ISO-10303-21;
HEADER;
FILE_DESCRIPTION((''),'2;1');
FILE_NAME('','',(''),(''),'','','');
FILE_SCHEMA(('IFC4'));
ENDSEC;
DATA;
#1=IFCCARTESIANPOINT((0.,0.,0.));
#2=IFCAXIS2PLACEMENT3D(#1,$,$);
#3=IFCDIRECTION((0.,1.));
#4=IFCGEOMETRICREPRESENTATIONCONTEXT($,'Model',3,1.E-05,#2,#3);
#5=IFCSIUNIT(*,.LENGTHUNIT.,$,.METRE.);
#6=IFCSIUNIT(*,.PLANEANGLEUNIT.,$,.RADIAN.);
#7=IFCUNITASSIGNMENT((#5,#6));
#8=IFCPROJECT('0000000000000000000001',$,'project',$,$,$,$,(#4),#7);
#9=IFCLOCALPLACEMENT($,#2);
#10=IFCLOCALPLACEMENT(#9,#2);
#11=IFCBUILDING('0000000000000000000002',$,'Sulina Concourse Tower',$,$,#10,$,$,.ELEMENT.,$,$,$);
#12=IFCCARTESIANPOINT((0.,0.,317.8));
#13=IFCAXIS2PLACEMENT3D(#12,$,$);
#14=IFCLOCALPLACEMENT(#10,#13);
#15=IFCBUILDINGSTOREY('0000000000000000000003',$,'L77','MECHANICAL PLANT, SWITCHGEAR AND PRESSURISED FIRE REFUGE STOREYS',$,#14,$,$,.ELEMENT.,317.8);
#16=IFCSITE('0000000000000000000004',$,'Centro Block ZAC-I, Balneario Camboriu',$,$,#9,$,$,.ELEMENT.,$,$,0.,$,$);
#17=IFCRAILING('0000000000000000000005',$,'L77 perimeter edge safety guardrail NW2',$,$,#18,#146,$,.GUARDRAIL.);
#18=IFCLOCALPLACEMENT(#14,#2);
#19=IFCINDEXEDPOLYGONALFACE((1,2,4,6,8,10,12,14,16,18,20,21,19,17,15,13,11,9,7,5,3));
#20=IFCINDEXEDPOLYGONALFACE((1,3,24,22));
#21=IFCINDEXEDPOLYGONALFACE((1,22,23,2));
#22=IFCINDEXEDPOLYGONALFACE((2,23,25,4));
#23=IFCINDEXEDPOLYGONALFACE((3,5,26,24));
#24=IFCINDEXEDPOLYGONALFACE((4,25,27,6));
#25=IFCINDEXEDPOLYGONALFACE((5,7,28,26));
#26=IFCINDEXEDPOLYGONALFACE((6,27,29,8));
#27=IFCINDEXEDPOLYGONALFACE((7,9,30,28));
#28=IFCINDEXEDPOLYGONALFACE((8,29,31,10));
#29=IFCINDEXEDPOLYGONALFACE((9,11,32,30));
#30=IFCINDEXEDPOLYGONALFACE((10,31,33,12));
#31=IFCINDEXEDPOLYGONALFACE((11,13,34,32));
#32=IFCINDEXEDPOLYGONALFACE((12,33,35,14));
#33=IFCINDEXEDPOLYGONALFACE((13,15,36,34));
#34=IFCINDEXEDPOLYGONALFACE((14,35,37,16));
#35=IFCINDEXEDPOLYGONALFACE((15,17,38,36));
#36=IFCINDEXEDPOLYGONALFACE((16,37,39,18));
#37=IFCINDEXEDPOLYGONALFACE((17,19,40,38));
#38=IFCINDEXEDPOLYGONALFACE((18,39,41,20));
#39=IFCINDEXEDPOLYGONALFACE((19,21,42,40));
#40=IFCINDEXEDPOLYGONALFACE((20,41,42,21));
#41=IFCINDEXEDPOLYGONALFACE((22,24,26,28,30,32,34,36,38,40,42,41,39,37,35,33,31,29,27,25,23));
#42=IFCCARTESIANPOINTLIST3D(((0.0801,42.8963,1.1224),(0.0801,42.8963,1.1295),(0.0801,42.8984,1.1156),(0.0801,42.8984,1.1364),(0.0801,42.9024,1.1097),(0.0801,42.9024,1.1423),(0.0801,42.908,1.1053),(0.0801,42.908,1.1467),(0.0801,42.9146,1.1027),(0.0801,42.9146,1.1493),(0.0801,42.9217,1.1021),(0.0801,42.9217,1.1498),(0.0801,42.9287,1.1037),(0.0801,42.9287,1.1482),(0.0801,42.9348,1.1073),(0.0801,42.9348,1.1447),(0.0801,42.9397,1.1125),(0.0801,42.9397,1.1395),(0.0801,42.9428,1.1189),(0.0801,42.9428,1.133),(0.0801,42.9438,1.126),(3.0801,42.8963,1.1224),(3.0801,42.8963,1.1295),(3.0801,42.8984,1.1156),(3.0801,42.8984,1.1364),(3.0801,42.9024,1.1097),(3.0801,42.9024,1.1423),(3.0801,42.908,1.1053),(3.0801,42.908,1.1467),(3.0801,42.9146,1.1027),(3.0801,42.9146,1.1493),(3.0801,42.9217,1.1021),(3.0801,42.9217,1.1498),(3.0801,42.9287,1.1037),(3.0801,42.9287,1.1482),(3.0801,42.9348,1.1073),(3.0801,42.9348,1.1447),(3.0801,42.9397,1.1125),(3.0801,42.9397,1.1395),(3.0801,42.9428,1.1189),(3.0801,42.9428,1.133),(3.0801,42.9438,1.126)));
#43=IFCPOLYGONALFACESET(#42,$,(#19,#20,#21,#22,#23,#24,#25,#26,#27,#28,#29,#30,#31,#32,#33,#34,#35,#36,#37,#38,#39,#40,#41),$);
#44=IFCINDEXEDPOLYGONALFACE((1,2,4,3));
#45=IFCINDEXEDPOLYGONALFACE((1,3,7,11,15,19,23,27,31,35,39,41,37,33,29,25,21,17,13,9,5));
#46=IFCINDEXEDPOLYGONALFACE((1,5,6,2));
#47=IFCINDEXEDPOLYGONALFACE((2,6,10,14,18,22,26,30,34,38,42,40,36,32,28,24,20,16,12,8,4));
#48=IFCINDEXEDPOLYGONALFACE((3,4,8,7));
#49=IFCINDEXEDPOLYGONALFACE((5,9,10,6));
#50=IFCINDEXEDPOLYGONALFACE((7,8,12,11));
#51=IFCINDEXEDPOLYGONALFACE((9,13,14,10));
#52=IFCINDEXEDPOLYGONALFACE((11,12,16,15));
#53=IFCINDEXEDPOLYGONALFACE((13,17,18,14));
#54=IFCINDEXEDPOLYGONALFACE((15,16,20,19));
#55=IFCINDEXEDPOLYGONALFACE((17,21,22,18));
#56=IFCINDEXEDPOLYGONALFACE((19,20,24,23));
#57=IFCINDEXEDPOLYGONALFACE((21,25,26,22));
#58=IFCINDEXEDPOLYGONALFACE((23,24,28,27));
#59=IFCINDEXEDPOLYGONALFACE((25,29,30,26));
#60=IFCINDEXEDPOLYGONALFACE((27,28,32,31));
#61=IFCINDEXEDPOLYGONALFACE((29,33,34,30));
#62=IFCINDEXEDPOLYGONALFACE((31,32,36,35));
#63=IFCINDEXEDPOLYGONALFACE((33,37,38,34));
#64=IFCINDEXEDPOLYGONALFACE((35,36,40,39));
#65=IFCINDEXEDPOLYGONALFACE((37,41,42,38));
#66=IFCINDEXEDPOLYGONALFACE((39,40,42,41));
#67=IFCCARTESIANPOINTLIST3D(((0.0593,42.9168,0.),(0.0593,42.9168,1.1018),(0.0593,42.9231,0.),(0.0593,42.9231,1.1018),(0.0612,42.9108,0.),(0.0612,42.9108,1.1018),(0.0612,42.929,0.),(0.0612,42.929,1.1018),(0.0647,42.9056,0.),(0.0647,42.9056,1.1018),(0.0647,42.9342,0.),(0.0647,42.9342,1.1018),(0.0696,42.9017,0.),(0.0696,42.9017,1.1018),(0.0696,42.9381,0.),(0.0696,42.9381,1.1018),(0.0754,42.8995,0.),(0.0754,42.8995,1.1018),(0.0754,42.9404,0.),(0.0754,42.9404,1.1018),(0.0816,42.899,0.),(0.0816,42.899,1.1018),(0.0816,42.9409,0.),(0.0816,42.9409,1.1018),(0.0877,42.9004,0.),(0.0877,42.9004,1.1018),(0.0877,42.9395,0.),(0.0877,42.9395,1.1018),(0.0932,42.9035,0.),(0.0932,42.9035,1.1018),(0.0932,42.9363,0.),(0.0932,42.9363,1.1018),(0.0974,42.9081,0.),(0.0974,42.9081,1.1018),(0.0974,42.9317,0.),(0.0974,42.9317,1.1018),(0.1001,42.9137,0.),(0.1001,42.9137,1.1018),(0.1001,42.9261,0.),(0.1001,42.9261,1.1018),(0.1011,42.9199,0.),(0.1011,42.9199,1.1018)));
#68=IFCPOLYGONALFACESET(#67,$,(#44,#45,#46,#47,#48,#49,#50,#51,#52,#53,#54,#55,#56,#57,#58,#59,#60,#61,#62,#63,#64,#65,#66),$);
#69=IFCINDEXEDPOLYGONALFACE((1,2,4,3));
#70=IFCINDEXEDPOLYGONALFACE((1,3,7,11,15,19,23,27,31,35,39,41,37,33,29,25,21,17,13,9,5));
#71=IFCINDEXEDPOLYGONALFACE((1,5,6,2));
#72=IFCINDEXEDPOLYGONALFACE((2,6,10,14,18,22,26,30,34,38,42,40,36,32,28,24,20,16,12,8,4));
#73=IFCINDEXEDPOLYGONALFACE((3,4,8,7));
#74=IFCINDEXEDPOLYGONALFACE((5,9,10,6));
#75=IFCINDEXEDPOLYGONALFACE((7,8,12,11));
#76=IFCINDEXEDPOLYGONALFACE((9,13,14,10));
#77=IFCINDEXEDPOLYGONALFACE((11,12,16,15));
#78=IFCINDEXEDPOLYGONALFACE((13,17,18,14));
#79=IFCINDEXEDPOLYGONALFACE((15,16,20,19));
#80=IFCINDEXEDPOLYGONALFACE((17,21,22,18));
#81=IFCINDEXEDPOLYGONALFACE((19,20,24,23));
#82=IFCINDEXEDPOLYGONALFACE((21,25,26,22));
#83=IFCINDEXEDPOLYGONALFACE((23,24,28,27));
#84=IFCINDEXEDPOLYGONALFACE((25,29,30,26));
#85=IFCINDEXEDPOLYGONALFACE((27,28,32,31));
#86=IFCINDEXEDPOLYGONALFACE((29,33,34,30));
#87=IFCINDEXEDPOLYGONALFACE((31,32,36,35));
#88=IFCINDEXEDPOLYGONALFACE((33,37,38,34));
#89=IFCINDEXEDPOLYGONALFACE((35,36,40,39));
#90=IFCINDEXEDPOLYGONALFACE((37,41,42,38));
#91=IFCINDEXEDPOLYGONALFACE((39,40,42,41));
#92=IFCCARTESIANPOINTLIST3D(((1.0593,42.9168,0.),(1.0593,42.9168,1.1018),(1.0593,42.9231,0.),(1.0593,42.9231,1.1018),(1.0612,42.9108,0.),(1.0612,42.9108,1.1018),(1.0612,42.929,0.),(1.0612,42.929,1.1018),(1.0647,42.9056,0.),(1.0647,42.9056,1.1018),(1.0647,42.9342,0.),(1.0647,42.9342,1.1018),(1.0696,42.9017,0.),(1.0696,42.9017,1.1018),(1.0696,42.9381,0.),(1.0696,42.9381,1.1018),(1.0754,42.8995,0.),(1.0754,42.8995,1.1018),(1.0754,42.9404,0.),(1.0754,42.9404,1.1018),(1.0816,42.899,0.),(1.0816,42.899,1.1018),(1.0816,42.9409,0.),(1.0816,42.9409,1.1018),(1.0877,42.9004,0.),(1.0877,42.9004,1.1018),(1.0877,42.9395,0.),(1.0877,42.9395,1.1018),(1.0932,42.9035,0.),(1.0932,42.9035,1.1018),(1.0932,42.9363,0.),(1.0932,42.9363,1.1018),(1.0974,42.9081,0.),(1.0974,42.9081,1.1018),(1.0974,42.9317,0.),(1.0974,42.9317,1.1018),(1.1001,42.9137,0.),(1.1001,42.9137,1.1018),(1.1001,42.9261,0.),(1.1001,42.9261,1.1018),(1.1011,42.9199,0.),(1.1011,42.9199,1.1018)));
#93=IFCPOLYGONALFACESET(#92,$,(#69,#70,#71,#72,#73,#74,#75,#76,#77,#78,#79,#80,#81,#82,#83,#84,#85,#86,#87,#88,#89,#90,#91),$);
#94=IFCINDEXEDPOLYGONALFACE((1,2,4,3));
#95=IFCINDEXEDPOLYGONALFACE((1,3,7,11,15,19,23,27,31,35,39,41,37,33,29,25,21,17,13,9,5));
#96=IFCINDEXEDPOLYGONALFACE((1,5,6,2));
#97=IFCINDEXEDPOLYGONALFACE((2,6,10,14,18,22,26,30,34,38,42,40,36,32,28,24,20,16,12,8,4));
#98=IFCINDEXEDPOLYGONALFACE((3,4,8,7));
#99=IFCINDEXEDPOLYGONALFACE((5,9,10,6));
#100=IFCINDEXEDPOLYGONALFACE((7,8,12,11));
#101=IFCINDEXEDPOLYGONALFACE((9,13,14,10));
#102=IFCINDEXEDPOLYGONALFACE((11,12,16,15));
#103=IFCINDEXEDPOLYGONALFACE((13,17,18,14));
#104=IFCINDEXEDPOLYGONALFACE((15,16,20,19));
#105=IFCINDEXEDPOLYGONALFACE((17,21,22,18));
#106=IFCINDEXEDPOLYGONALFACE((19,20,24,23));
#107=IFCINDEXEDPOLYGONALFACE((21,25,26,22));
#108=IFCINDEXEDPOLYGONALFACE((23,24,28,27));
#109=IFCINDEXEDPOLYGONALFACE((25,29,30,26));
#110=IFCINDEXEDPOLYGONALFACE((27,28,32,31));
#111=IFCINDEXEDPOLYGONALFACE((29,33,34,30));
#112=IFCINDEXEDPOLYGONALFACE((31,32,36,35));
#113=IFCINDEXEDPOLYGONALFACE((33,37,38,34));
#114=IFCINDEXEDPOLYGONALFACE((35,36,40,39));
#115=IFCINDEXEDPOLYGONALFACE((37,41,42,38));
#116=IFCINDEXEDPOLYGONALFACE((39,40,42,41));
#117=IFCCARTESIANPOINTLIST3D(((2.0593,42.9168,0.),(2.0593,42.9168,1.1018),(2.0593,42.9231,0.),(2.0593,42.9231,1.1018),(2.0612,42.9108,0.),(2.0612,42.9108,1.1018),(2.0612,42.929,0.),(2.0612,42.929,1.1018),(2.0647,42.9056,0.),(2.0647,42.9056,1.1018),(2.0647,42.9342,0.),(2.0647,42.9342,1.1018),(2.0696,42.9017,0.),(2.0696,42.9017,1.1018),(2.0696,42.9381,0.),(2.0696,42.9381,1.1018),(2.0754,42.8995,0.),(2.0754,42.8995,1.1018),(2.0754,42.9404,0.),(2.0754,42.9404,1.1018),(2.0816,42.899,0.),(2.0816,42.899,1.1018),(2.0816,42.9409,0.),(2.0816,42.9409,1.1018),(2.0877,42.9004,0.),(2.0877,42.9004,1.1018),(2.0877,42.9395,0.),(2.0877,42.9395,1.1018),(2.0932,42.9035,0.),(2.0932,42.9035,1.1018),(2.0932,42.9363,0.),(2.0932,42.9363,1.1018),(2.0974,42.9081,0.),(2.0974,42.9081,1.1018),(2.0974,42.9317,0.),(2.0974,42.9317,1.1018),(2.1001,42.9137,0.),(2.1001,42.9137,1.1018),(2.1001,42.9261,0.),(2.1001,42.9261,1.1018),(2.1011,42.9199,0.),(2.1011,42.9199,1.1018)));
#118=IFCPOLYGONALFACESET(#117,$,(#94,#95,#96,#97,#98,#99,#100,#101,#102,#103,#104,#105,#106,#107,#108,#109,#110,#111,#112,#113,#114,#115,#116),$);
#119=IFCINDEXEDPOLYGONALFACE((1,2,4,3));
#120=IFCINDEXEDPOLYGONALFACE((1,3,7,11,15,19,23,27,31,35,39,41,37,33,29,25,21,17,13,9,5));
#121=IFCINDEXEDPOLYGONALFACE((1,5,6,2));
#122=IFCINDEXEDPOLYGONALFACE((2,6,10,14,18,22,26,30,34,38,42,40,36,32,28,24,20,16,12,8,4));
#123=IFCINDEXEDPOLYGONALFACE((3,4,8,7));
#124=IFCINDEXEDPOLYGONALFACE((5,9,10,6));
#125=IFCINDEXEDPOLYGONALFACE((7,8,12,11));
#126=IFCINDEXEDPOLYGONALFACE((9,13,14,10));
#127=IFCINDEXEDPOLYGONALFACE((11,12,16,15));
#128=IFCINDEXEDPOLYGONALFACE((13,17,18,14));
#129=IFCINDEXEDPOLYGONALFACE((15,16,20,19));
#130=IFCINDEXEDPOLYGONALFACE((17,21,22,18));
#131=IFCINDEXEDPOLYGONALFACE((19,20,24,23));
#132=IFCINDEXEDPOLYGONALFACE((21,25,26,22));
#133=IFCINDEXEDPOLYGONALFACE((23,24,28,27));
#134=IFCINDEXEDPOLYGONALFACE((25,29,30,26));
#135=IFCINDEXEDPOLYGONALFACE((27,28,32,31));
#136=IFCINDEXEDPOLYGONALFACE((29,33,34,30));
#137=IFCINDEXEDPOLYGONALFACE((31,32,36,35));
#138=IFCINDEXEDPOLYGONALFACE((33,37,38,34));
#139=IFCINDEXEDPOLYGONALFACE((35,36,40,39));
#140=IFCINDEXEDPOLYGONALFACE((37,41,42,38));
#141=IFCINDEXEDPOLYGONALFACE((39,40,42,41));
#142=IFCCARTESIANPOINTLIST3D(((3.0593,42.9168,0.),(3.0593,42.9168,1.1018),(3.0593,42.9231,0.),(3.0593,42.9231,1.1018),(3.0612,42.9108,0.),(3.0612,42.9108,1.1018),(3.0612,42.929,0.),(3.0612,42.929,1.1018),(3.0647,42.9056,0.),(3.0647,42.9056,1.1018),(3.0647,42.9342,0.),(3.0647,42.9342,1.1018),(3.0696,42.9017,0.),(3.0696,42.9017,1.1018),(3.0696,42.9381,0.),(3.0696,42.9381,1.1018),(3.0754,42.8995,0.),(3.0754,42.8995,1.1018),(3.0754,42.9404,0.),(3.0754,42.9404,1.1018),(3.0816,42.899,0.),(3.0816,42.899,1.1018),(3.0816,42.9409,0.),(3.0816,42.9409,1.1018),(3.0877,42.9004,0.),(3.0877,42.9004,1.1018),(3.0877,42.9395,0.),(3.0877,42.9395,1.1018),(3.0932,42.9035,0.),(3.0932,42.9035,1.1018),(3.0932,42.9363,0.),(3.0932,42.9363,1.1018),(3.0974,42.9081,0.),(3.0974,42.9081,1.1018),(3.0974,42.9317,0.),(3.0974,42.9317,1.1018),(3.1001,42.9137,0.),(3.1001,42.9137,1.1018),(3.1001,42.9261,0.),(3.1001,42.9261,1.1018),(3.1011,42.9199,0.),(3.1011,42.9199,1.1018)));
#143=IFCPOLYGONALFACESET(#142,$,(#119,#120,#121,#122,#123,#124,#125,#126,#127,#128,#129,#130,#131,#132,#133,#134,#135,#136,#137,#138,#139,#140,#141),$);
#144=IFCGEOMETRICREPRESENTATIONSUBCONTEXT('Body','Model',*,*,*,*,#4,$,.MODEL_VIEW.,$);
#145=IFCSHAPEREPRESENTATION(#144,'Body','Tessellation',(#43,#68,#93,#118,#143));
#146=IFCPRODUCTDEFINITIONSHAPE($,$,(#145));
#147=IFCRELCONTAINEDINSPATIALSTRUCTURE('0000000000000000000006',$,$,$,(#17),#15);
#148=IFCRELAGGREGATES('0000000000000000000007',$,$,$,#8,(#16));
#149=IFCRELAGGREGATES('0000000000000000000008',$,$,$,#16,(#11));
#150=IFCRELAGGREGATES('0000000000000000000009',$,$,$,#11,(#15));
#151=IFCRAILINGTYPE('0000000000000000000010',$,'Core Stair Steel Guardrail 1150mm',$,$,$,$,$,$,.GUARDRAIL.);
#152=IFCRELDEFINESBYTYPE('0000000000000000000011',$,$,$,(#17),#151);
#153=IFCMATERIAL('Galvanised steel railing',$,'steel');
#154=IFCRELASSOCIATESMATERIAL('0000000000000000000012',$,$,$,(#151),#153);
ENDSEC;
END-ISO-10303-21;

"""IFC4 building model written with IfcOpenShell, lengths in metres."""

from ifc_helpers import new_model, si_unit, direction, frame, origin, origin_2d, place, context, subcontext, project, spatial, circle, extrude, material, type_object, element, save


model = new_model("IFC4")

# Units and contexts
model_context = context("Model", 3, precision=1e-05, world=origin(), true_north=direction((0.0, 1.0)))
body_context = subcontext(model_context, "Body", "Model", "MODEL_VIEW")
ifc_project = project(units=[si_unit("LENGTHUNIT", "METRE"), si_unit("PLANEANGLEUNIT", "RADIAN")], contexts=[model_context])

# Site, building, storey
site_placement = place(None, origin())
site = spatial("IfcSite", under=ifc_project, at=site_placement, Name="Centro Block ZAC-I, Balneario Camboriu", CompositionType="ELEMENT", RefElevation=0.0)
building_placement = place(site_placement, origin())
building = spatial("IfcBuilding", under=site, at=building_placement, Name="Sulina Concourse Tower", CompositionType="ELEMENT")
storey_placement = place(building_placement, frame((0.0, 0.0, 317.8)))
storey = spatial("IfcBuildingStorey", under=building, at=storey_placement, Name="L77", Description="MECHANICAL PLANT, SWITCHGEAR AND PRESSURISED FIRE REFUGE STOREYS", CompositionType="ELEMENT", Elevation=317.8)

# Railing
ifc_material_1 = material(Name="Galvanised steel railing", Category="steel")
railing_type = type_object("IfcRailingType", Name="Core Stair Steel Guardrail 1150mm", PredefinedType="GUARDRAIL", material=ifc_material_1)
railing_1_placement = place(storey_placement, frame((0.0801, 42.9199, 0.0)))
element("IfcRailing", 1, at=railing_1_placement, inside=storey, type_object=railing_type, Name="L77 perimeter edge safety guardrail NW2", PredefinedType="GUARDRAIL", context=body_context, shape_type="SweptSolid", body=[
    extrude(circle(Radius=0.0239, at=origin_2d()), frame((0.0, 0.0, 1.126), z_axis=(1.0, 0.0, 0.0), x_axis=(0.0, 1.0, 0.0)), (0.0, 0.0, 1.0), 3.0),
    extrude(circle(Radius=0.021, at=origin_2d()), origin(), (0.0, 0.0, 1.0), 1.1018),
    extrude(circle(Radius=0.021, at=origin_2d()), frame((1.0, 0.0, 0.0)), (0.0, 0.0, 1.0), 1.1018),
    extrude(circle(Radius=0.021, at=origin_2d()), frame((2.0, 0.0, 0.0)), (0.0, 0.0, 1.0), 1.1018),
    extrude(circle(Radius=0.021, at=origin_2d()), frame((3.0, 0.0, 0.0)), (0.0, 0.0, 1.0), 1.1018),
])

save(model, "model.ifc")
